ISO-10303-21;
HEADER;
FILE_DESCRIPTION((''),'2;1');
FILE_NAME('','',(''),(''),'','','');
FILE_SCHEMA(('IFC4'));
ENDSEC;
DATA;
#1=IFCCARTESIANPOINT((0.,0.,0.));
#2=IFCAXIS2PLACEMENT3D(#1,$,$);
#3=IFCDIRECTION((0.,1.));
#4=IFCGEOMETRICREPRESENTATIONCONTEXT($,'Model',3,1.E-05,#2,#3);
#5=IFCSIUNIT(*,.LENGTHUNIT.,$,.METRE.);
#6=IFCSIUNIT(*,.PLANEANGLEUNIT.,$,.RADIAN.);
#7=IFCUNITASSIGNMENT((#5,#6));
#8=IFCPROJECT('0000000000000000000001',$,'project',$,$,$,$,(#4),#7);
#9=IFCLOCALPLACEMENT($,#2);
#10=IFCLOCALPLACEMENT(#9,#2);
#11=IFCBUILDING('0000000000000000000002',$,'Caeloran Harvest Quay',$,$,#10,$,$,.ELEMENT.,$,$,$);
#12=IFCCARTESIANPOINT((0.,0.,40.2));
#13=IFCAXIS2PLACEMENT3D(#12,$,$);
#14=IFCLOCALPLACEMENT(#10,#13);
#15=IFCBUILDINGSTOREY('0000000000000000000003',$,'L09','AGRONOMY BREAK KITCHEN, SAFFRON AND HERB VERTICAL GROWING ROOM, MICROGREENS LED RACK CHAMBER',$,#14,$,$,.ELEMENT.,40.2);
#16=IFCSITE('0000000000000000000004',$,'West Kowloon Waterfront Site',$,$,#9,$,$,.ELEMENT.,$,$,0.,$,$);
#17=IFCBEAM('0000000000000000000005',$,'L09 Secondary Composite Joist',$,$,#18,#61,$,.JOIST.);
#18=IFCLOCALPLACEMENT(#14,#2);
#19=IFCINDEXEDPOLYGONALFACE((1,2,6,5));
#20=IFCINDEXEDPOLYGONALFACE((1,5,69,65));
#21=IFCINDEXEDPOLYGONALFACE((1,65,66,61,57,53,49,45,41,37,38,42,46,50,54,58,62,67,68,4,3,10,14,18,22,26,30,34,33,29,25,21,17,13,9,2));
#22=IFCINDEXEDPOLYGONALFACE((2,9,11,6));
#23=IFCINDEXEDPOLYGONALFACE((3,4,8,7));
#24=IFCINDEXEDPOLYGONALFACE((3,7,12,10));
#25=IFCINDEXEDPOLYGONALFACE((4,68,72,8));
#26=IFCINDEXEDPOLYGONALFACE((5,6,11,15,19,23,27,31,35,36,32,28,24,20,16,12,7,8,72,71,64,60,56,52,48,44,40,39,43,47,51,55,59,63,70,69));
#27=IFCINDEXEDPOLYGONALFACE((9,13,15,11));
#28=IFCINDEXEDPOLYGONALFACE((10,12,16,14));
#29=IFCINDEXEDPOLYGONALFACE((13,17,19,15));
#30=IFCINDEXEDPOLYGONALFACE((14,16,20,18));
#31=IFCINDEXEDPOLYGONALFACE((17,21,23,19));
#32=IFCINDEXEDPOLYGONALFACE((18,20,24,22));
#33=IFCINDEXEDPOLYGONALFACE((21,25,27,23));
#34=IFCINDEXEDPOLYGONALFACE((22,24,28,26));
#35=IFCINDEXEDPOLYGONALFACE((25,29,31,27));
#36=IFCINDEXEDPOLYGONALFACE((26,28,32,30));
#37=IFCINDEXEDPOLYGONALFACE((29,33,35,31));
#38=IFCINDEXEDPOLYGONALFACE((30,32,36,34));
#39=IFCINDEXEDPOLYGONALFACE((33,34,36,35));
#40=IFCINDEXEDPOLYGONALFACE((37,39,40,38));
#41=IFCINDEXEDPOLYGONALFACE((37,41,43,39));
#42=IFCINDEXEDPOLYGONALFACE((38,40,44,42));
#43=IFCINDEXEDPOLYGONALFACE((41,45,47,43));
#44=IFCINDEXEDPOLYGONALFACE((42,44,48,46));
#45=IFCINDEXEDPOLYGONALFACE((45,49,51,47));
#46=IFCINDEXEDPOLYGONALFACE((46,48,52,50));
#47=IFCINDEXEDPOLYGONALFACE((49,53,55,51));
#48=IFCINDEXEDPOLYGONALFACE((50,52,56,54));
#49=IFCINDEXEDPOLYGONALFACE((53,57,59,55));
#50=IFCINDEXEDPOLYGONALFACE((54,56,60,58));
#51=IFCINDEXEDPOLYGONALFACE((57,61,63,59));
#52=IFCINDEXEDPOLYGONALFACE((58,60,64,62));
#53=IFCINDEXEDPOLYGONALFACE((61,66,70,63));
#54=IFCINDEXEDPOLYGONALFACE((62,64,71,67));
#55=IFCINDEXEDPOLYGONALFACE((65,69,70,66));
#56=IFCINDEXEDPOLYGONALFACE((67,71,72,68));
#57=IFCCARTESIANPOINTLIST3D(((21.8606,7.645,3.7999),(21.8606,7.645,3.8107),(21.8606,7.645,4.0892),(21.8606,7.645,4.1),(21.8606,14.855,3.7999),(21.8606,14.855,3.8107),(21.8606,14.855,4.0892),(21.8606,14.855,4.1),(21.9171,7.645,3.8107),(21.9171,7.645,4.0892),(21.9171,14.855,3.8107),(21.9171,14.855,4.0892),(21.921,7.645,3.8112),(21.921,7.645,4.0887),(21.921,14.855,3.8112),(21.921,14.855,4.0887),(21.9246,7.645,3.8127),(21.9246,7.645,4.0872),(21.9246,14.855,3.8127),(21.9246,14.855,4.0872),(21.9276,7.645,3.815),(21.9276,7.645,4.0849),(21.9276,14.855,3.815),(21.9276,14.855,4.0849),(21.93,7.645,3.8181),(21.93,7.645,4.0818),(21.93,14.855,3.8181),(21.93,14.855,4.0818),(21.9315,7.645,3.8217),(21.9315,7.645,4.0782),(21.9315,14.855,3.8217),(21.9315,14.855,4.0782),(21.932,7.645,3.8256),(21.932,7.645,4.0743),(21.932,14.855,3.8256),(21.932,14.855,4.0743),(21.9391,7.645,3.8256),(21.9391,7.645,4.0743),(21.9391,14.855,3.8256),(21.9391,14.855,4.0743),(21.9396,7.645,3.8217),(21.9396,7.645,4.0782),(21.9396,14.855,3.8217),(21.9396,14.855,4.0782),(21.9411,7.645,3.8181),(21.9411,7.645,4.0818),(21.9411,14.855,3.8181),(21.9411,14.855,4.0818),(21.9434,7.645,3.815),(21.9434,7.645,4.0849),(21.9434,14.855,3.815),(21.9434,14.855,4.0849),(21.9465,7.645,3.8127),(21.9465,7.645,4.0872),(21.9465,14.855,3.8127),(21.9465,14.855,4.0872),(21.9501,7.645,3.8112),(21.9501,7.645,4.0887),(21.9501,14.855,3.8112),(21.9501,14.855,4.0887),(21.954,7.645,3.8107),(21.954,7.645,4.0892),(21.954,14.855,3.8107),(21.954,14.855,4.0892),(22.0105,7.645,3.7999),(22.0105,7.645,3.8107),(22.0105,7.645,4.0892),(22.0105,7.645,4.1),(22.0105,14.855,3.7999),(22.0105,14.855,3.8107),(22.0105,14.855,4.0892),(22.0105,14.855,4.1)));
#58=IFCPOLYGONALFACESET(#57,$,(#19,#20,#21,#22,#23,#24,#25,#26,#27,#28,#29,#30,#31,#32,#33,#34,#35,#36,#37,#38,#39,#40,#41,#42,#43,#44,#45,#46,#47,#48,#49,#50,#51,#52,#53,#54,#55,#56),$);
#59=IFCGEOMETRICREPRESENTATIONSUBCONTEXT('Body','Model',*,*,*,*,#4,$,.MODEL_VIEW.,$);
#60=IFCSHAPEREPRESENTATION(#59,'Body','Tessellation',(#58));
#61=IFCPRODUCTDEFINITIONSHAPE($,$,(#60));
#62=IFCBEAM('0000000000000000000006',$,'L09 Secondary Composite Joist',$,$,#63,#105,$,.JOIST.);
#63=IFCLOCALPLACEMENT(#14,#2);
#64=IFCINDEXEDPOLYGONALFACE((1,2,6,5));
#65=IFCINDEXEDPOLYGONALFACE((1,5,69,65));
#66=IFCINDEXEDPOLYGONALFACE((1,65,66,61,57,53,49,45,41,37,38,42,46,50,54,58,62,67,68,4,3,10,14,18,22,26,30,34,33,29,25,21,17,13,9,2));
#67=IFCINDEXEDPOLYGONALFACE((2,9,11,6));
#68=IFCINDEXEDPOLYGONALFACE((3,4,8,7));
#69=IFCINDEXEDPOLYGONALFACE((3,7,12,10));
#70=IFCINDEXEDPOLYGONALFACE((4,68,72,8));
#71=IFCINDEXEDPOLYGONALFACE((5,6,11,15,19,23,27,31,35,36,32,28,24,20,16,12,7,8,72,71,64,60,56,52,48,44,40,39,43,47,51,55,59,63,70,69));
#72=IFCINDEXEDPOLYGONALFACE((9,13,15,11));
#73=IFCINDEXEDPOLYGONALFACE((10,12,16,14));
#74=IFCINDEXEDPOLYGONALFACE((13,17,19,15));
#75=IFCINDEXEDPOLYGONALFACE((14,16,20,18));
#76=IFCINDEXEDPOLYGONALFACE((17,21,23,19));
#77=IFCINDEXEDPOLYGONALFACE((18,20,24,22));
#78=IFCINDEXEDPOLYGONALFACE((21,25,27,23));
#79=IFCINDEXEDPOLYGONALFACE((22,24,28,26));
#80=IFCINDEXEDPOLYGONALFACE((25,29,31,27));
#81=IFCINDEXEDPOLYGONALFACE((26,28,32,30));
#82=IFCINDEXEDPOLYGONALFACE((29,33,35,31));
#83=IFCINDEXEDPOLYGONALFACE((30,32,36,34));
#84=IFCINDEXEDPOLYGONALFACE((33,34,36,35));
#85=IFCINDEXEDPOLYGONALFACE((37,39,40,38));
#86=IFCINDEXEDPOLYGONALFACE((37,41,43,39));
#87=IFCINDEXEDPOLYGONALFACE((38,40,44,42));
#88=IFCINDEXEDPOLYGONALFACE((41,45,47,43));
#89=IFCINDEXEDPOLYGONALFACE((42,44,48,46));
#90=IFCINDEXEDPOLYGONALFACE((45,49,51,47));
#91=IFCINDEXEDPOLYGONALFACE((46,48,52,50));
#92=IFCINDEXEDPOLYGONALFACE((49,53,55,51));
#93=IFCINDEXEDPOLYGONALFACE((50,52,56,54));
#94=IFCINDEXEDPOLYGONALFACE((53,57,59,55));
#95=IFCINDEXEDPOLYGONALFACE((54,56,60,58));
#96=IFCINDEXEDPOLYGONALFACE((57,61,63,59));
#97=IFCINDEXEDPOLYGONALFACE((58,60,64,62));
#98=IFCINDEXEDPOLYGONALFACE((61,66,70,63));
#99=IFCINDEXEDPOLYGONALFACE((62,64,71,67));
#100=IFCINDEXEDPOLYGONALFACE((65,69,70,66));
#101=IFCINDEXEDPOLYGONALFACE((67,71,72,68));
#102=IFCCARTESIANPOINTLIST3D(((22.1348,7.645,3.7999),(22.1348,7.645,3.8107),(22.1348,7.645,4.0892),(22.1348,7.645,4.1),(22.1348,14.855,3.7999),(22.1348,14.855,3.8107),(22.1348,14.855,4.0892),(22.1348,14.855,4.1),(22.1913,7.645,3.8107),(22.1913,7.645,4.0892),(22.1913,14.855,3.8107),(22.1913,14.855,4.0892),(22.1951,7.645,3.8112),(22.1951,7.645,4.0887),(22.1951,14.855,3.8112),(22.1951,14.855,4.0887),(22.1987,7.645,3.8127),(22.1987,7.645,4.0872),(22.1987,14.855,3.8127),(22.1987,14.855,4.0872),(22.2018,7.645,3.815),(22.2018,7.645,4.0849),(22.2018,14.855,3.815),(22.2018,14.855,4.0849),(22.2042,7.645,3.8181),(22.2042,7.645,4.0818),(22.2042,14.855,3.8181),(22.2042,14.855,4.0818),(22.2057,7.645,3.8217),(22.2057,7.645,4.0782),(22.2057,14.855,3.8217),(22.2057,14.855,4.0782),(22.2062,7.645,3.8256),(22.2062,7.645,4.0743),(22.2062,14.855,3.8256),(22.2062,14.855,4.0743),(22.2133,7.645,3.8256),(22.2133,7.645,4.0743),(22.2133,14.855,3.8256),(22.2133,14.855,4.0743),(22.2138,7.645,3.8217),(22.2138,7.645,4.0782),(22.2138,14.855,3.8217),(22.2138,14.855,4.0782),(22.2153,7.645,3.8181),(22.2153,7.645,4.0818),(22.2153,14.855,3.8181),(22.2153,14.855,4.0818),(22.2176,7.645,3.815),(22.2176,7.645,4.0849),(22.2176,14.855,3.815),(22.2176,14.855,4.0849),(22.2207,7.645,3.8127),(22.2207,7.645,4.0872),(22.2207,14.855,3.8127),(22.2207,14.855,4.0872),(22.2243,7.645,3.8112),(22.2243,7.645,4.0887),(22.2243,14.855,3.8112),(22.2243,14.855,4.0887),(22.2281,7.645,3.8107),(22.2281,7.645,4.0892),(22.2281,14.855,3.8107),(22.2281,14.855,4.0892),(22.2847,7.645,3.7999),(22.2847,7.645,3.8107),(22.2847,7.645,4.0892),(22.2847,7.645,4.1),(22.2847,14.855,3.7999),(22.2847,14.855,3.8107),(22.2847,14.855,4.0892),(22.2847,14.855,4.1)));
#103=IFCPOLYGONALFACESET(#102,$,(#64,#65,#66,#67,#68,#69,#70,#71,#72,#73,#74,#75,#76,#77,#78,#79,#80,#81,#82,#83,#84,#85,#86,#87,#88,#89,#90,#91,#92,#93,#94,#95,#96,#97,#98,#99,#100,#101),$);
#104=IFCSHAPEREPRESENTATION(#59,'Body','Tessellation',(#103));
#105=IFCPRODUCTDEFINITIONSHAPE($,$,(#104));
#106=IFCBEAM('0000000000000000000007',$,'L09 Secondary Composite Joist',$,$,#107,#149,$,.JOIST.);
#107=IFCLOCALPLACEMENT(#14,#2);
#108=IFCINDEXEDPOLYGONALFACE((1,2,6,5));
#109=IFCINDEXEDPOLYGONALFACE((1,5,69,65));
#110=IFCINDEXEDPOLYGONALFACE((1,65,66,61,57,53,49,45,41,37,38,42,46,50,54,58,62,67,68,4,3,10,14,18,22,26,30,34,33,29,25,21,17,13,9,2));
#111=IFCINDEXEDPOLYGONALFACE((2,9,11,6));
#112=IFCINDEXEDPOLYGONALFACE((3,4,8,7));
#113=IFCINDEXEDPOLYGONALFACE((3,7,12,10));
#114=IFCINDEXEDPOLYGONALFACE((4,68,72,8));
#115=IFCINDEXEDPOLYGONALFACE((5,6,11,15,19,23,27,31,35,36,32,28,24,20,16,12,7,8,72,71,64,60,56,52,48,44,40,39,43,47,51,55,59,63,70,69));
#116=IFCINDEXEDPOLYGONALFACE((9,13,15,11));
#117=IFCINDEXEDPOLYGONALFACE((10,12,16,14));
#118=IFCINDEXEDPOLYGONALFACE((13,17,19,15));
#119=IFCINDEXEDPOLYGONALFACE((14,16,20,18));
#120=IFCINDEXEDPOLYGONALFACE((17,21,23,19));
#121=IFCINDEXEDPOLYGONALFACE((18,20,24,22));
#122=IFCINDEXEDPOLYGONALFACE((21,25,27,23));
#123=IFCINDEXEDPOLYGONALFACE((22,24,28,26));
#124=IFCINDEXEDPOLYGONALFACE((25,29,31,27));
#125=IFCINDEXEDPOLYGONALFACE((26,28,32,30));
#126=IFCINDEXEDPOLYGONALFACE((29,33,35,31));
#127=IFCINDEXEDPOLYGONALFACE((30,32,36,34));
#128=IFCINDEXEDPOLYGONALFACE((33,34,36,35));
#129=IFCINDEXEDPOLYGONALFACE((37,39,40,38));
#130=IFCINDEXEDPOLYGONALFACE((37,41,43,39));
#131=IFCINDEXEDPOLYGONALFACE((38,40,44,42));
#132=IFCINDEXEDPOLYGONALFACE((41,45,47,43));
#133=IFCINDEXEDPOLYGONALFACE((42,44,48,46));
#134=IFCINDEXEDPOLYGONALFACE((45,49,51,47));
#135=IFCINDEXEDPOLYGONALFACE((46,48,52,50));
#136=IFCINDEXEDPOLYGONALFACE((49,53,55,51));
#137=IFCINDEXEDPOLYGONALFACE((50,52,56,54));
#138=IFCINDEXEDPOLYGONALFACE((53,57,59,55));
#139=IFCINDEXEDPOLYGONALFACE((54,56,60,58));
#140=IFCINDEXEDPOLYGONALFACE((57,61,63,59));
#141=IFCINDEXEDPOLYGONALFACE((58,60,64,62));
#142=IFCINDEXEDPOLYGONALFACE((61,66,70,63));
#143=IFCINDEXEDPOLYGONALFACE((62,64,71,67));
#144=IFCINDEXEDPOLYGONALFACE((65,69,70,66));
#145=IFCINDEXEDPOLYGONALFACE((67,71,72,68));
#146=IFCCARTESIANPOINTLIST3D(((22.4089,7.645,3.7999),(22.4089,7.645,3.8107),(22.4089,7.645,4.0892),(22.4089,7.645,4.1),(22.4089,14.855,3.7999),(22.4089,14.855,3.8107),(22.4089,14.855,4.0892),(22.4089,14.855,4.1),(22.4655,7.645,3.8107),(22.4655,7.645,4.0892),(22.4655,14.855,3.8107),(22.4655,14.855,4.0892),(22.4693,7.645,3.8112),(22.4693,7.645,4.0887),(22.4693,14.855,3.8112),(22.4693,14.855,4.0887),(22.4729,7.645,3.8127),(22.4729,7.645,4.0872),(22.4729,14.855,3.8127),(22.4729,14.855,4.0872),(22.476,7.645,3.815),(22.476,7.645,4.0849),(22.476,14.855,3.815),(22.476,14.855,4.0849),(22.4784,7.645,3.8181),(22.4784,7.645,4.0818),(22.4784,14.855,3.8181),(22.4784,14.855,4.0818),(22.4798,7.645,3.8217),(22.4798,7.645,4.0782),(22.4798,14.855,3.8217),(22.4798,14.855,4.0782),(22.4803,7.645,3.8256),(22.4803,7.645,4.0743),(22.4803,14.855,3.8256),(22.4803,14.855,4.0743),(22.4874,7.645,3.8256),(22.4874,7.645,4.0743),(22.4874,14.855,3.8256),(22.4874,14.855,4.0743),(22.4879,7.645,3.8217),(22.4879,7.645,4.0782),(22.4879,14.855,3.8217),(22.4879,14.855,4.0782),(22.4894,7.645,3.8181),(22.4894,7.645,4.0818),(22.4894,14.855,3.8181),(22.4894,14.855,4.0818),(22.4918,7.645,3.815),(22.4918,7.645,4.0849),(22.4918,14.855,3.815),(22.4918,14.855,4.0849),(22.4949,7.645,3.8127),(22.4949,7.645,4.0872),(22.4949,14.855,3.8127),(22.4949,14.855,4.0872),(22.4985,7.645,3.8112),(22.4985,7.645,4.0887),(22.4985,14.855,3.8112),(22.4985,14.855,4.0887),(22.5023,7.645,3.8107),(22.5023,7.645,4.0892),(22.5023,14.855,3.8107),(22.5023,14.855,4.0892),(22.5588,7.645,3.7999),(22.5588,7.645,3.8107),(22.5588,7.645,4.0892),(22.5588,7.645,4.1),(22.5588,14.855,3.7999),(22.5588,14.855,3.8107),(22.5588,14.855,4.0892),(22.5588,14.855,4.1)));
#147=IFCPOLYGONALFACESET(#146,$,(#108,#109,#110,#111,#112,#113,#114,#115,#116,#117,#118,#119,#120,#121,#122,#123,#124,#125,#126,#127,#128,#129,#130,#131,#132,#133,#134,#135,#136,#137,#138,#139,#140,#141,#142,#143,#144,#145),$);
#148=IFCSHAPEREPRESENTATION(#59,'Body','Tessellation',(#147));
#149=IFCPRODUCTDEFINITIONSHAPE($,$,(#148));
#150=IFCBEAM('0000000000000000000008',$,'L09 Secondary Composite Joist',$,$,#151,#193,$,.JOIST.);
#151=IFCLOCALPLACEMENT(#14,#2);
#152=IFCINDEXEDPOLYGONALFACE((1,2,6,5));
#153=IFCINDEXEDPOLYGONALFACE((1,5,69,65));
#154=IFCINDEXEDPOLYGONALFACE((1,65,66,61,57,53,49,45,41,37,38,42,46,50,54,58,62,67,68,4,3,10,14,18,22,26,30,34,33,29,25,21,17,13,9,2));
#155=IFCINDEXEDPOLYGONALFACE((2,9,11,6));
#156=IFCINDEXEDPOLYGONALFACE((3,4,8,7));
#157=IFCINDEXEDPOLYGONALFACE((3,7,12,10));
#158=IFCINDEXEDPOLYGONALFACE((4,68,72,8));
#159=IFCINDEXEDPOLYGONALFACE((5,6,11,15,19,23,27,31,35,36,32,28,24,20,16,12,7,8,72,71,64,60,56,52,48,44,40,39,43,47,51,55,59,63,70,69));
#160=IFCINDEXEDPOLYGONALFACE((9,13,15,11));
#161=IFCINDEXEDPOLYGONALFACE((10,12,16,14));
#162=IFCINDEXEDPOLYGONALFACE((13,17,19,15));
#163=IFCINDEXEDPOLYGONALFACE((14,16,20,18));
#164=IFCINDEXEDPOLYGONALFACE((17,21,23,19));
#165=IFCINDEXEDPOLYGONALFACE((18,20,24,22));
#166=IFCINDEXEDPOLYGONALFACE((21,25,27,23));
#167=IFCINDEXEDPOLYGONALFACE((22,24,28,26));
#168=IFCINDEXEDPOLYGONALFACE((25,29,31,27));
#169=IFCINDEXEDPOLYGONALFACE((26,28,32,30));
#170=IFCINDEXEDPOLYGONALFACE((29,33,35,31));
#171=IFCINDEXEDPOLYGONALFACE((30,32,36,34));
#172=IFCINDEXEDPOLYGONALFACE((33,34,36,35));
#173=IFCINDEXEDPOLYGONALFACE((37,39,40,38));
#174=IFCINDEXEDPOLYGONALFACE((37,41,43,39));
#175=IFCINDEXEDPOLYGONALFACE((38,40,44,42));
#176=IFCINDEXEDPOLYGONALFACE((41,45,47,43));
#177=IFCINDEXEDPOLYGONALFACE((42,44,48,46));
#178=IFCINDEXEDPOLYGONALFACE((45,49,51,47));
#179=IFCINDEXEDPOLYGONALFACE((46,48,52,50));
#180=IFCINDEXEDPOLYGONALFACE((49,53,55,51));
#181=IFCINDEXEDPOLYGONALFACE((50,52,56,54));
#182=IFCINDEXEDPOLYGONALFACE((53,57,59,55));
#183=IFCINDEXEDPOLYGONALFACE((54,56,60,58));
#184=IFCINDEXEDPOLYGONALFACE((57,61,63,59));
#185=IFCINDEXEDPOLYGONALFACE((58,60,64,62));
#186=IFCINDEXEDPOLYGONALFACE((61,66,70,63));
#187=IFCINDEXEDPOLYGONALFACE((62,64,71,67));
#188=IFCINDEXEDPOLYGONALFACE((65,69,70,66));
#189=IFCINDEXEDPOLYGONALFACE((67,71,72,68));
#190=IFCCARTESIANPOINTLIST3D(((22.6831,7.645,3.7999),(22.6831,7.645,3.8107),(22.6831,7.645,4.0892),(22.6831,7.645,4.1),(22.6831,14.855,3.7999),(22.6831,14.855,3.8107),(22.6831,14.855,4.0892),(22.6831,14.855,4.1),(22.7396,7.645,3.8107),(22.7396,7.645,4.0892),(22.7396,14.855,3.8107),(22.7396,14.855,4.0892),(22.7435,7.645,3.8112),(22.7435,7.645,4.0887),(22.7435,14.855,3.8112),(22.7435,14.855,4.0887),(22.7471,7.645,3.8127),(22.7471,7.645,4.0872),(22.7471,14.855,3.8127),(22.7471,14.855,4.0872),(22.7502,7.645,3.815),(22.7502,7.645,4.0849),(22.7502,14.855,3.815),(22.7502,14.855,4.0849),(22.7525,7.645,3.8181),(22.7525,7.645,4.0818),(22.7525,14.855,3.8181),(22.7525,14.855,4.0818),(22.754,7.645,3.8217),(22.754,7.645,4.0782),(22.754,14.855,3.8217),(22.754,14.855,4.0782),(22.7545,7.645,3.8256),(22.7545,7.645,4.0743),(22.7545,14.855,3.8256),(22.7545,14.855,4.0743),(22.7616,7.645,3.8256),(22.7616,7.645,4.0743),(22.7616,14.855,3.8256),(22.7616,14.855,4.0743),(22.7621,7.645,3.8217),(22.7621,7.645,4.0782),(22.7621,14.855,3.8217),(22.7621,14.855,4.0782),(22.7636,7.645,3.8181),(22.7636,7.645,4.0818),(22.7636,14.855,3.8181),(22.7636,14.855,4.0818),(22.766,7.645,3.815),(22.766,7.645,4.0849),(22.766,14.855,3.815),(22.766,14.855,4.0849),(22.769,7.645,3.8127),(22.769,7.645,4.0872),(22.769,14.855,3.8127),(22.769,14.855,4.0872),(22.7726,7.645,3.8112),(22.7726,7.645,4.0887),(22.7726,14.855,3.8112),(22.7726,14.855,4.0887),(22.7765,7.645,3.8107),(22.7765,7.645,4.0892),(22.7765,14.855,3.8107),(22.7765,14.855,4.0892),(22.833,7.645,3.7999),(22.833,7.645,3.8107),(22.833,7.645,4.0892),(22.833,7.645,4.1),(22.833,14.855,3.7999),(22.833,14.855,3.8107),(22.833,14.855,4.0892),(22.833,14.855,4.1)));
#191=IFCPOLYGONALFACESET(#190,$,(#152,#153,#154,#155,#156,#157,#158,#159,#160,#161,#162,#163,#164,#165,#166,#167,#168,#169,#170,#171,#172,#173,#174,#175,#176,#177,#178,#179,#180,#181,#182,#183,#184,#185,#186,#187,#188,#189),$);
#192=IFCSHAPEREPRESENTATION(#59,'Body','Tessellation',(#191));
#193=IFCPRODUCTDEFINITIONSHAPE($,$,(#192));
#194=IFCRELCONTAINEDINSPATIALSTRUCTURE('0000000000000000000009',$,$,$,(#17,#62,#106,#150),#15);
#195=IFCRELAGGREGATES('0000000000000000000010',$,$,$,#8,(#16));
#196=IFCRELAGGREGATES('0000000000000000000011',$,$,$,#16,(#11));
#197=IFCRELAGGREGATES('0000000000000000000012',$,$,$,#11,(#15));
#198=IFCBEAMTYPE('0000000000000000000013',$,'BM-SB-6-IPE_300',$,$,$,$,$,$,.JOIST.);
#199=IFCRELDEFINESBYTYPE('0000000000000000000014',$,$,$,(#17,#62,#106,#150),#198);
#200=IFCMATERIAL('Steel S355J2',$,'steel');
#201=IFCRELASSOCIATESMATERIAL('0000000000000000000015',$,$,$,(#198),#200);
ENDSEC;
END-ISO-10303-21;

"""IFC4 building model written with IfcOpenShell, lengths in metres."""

from ifc_helpers import new_model, si_unit, direction, frame, origin, origin_2d, place, context, subcontext, project, spatial, i_section, extrude, material, material_profile, profile_set, type_object, element, save


model = new_model("IFC4")

# Units and contexts
model_context = context("Model", 3, precision=1e-05, world=origin(), true_north=direction((0.0, 1.0)))
body_context = subcontext(model_context, "Body", "Model", "MODEL_VIEW")
ifc_project = project(units=[si_unit("LENGTHUNIT", "METRE"), si_unit("PLANEANGLEUNIT", "RADIAN")], contexts=[model_context])

# Site, building, storey
site_placement = place(None, origin())
site = spatial("IfcSite", under=ifc_project, at=site_placement, Name="West Kowloon Waterfront Site", CompositionType="ELEMENT", RefElevation=0.0)
building_placement = place(site_placement, origin())
building = spatial("IfcBuilding", under=site, at=building_placement, Name="Caeloran Harvest Quay", CompositionType="ELEMENT")
storey_placement = place(building_placement, frame((0.0, 0.0, 40.2)))
storey = spatial("IfcBuildingStorey", under=building, at=storey_placement, Name="L09", Description="AGRONOMY BREAK KITCHEN, SAFFRON AND HERB VERTICAL GROWING ROOM, MICROGREENS LED RACK CHAMBER", CompositionType="ELEMENT", Elevation=40.2)

# Beams
ifc_material_1 = material(Name="Steel S355J2", Category="steel")
ifc_material_profile_1 = material_profile(ifc_material_1, i_section(OverallWidth=0.1499, OverallDepth=0.3, WebThickness=0.0071, FlangeThickness=0.0107, FilletRadius=0.0149, at=origin_2d()), Name="IPE 300")
ifc_profile_set_1 = profile_set([ifc_material_profile_1], Name="Steel S355J2")
beam_type_1 = type_object("IfcBeamType", Name="BM-SB-6-IPE_300", PredefinedType="JOIST", material=ifc_profile_set_1)
for number, where, z_axis, x_axis, name in (
    (1, (21.9355, 7.645, 3.95), (0.0, 1.0, 0.0), (-1.0, 0.0, 0.0), "L09 Secondary Composite Joist"),
    (2, (22.2097, 7.645, 3.95), (0.0, 1.0, 0.0), (-1.0, 0.0, 0.0), "L09 Secondary Composite Joist"),
    (3, (22.4839, 7.645, 3.95), (0.0, 1.0, 0.0), (-1.0, 0.0, 0.0), "L09 Secondary Composite Joist"),
    (4, (22.7581, 7.645, 3.95), (0.0, 1.0, 0.0), (-1.0, 0.0, 0.0), "L09 Secondary Composite Joist"),
):
    element("IfcBeam", number, at=place(storey_placement, frame(where, z_axis=z_axis, x_axis=x_axis)), inside=storey, type_object=beam_type_1, Name=name, PredefinedType="JOIST", context=body_context, shape_type="SweptSolid", body=[
        extrude(i_section(OverallWidth=0.1499, OverallDepth=0.3, WebThickness=0.0071, FlangeThickness=0.0107, FilletRadius=0.0149, at=origin_2d()), origin(), (0.0, 0.0, 1.0), 7.21),
    ])

save(model, "model.ifc")
